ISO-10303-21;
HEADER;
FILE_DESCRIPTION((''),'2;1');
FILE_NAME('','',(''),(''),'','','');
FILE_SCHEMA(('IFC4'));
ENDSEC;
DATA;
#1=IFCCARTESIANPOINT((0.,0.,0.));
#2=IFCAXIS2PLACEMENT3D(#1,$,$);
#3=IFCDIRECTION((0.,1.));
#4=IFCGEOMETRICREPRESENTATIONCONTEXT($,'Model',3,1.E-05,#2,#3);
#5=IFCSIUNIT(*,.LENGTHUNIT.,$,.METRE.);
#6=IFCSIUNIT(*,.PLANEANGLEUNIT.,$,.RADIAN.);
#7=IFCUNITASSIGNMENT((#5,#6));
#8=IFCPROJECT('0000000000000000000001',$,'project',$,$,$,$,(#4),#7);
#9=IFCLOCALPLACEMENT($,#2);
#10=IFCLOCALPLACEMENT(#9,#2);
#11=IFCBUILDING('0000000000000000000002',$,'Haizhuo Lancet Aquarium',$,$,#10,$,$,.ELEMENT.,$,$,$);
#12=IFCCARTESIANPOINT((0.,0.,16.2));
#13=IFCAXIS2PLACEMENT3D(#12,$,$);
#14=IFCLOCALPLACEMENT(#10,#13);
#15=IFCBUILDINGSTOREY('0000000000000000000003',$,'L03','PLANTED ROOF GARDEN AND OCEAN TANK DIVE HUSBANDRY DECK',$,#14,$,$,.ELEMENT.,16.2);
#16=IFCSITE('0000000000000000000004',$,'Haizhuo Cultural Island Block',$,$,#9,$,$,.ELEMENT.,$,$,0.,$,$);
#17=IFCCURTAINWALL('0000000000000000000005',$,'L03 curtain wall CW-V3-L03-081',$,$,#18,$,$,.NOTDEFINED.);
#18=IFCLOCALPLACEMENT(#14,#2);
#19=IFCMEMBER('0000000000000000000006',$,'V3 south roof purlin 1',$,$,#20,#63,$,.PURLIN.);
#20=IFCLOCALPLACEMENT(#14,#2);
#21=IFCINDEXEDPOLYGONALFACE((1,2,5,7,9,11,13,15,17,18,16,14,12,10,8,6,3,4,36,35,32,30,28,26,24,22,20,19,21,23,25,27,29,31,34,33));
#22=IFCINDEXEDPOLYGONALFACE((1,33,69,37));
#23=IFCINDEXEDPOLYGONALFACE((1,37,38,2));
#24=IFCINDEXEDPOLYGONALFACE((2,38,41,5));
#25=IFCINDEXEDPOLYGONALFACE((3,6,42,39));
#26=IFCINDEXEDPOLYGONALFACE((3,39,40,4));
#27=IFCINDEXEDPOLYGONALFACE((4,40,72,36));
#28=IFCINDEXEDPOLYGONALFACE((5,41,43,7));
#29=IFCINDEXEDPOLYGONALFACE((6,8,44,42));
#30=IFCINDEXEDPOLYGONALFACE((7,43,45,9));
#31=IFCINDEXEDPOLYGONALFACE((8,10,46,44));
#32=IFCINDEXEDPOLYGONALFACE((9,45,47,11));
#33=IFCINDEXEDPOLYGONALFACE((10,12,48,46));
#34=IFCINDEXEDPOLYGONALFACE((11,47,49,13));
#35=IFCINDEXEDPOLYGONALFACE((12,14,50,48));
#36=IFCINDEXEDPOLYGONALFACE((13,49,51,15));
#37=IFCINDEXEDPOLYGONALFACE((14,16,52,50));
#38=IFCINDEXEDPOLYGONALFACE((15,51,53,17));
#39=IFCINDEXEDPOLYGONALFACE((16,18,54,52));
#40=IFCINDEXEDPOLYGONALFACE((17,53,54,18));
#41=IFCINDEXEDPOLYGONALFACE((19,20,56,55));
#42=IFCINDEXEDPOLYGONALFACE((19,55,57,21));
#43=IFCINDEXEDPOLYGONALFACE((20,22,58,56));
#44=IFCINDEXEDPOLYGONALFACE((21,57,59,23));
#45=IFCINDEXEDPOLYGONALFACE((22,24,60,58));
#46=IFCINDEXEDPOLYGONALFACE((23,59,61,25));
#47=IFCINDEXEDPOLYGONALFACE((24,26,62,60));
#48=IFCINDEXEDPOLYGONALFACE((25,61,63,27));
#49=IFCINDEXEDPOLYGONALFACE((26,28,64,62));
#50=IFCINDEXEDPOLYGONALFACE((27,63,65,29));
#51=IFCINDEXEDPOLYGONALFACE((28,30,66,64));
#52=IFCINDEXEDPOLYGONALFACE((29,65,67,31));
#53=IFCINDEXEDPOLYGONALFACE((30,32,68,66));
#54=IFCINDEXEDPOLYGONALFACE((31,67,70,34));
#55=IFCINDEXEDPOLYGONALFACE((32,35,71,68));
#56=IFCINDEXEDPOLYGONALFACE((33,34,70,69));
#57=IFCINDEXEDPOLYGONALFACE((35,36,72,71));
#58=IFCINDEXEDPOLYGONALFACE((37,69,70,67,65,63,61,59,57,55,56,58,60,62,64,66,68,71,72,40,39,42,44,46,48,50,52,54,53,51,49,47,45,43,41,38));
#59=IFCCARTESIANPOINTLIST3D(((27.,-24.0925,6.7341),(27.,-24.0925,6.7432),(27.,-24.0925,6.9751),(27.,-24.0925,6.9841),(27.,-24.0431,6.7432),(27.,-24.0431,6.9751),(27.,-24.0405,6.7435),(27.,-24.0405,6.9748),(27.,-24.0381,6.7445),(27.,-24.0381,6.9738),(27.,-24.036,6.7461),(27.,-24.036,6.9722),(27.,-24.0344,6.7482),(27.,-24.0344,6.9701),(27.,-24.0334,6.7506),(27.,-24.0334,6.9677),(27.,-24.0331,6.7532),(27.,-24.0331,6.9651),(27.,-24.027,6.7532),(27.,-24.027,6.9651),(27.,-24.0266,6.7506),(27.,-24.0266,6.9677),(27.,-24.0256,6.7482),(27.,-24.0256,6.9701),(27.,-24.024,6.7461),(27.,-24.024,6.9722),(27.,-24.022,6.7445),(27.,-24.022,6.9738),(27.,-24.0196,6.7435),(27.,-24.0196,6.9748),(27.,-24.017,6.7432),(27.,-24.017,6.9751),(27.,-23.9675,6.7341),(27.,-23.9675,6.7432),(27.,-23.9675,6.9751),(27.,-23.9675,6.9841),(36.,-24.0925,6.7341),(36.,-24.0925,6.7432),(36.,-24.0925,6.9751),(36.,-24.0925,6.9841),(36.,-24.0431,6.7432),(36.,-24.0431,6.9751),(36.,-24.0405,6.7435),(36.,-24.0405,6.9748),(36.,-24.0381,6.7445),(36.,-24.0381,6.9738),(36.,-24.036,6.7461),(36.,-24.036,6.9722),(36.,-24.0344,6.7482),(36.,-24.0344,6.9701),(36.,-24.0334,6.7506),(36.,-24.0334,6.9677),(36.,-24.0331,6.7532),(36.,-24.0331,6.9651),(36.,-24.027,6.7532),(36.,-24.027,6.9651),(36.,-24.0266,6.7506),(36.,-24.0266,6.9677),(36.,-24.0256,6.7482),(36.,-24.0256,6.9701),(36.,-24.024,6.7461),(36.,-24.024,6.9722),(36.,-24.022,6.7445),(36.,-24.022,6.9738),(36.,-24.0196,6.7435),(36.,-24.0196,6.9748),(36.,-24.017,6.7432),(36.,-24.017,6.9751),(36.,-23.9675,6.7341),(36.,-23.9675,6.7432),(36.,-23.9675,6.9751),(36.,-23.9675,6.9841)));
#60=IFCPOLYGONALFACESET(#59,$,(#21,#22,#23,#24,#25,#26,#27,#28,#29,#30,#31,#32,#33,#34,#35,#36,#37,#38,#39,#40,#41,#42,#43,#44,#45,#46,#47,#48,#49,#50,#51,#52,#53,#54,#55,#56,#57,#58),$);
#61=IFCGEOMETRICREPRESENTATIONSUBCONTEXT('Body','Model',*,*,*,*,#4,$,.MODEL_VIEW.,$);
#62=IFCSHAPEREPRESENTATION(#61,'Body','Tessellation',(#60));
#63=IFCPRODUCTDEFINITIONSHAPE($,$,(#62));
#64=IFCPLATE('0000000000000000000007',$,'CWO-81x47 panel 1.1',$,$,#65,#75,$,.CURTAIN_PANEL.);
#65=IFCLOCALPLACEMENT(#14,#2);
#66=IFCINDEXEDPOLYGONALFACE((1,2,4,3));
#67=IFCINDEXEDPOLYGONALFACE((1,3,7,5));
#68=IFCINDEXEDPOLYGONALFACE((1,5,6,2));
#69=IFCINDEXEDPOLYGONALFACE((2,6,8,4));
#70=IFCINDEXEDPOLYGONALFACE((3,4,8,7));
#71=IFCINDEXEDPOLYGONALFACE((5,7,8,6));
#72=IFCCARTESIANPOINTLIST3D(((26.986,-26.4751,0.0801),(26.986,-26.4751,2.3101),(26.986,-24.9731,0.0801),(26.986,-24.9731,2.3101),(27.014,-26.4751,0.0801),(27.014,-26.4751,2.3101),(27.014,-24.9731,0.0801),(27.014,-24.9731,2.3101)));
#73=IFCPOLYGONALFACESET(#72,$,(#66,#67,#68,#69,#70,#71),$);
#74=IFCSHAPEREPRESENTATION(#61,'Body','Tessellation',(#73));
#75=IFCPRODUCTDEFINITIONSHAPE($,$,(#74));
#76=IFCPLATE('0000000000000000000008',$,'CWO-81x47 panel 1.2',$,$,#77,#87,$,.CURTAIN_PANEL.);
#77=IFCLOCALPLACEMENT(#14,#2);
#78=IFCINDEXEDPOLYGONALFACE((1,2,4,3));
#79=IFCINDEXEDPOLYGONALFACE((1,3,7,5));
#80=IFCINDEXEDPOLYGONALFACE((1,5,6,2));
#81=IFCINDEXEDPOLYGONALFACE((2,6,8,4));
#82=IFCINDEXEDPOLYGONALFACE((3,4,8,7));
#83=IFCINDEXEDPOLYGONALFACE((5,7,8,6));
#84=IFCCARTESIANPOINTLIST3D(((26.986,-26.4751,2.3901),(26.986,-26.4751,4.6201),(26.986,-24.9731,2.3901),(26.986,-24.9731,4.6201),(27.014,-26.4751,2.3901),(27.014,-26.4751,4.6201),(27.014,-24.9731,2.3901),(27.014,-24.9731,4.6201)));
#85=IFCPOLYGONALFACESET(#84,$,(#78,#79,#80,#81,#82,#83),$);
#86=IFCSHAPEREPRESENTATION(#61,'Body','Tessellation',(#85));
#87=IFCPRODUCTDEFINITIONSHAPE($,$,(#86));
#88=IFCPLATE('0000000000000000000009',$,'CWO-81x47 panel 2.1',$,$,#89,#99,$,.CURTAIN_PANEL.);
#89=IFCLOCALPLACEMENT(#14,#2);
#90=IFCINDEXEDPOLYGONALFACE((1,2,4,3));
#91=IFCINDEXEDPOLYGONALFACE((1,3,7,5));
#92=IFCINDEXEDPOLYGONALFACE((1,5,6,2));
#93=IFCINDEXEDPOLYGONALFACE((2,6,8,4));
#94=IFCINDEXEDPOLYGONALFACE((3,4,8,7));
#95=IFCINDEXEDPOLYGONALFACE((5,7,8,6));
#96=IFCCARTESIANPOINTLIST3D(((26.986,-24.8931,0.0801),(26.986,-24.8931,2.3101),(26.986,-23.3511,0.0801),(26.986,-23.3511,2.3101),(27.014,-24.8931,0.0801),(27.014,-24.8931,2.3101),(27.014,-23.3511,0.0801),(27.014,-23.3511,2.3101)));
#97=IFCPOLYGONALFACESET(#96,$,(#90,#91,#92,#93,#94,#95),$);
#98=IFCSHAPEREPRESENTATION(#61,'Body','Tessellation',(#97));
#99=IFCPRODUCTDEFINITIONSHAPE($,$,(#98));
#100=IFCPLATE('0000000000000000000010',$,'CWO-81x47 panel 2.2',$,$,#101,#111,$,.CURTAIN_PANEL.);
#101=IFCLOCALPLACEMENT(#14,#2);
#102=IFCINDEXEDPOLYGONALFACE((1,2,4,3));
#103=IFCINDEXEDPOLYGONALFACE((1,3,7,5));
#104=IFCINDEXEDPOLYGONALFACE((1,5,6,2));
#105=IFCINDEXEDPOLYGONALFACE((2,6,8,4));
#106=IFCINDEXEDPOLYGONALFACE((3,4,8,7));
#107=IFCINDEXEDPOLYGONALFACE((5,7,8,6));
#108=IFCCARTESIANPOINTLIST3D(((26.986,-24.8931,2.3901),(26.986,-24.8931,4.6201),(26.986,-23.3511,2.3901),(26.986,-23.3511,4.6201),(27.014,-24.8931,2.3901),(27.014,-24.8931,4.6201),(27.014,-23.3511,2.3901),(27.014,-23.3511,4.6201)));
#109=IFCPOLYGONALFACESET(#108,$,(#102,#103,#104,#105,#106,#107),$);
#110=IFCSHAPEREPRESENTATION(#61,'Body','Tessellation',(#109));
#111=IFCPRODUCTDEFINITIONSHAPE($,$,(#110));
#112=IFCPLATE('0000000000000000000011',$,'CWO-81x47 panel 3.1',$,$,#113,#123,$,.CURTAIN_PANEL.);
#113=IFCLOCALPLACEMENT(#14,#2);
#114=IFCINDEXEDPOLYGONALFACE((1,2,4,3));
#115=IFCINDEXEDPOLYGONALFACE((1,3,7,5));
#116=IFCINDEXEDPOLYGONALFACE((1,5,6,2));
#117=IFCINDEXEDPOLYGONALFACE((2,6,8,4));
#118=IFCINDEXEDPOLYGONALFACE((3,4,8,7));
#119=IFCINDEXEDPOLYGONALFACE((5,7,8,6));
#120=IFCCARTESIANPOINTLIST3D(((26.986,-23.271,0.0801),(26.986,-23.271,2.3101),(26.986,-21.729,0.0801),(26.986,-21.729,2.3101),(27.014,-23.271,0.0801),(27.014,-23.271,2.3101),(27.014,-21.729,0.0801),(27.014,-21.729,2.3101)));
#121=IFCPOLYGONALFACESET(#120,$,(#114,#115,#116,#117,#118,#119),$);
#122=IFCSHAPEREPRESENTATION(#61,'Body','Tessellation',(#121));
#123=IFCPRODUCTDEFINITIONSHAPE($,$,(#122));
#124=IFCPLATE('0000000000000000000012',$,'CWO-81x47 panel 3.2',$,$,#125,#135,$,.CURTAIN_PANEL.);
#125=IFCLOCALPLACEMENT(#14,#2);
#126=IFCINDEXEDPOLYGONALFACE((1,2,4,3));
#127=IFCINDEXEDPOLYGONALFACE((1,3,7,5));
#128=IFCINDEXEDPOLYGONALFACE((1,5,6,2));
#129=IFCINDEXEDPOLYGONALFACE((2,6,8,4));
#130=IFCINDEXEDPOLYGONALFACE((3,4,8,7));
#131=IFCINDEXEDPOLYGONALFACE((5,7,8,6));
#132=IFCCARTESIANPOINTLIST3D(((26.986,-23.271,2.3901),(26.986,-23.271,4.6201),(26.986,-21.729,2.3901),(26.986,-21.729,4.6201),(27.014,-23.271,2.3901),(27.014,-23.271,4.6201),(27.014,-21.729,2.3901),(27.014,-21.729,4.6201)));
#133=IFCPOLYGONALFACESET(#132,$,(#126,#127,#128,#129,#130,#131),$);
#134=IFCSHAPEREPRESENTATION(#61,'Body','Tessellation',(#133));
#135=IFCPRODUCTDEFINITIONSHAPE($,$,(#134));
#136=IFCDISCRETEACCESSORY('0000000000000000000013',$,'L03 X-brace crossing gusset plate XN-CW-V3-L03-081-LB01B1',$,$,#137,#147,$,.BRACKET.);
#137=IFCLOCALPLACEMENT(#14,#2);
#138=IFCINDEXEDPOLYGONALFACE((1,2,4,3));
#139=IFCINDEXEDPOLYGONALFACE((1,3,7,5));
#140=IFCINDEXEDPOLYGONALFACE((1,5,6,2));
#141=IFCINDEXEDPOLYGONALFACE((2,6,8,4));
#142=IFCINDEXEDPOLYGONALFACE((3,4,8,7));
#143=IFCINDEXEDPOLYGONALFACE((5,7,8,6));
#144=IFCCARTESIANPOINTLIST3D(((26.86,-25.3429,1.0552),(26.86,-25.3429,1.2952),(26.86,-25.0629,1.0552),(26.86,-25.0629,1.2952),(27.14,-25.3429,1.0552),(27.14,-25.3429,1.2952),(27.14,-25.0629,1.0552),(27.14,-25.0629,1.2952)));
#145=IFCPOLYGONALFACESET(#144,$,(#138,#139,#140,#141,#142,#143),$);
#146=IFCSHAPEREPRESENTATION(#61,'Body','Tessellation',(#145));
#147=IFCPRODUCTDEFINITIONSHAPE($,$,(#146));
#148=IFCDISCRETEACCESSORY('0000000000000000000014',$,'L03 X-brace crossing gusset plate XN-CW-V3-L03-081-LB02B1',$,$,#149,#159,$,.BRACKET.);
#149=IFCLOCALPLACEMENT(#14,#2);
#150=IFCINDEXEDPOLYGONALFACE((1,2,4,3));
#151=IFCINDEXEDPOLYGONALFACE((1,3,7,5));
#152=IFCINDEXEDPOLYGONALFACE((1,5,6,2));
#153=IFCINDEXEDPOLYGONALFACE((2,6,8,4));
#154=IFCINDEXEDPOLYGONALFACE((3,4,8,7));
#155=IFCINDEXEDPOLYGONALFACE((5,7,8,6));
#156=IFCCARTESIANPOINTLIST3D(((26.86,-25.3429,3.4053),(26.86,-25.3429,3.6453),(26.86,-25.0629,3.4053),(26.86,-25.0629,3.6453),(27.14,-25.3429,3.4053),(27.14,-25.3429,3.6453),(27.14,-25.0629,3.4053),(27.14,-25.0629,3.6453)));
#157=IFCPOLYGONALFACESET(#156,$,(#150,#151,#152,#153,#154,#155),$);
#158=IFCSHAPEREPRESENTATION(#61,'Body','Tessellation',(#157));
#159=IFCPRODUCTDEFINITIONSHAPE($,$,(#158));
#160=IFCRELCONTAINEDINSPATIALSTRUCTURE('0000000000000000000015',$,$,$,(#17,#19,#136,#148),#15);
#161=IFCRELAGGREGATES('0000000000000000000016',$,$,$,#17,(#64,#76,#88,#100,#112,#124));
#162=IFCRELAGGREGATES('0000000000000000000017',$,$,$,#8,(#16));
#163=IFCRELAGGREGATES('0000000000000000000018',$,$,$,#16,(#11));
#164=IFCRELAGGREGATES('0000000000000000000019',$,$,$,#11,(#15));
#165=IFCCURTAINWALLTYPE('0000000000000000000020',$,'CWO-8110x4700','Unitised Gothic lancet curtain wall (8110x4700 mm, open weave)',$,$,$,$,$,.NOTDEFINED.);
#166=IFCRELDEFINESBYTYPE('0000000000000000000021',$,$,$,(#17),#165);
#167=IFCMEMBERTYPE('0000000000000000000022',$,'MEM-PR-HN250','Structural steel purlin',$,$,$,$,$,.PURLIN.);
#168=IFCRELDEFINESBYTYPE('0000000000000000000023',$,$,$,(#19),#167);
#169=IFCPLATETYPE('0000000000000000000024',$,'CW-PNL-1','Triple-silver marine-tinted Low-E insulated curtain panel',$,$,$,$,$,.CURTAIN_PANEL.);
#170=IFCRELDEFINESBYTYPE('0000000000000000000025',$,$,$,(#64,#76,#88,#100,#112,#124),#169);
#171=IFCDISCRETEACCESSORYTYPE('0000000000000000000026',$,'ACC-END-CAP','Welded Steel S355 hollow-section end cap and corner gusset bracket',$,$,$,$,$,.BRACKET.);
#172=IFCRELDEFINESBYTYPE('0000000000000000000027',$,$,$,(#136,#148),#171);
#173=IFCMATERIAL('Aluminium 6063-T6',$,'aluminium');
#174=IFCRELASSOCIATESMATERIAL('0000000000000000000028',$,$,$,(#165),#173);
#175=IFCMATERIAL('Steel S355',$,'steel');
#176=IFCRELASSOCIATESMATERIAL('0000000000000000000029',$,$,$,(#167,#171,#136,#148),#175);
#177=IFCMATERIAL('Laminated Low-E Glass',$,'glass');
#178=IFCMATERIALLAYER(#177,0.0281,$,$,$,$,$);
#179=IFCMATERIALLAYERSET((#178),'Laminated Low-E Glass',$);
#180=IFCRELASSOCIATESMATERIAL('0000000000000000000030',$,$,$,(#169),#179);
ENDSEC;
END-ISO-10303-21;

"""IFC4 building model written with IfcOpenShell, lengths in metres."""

from ifc_helpers import new_model, si_unit, direction, frame, origin, origin_2d, place, context, subcontext, project, spatial, rectangle, i_section, extrude, material, layer, layer_set, material_profile, profile_set, type_object, element, aggregate, save


model = new_model("IFC4")

# Units and contexts
model_context = context("Model", 3, precision=1e-05, world=origin(), true_north=direction((0.0, 1.0)))
body_context = subcontext(model_context, "Body", "Model", "MODEL_VIEW")
ifc_project = project(units=[si_unit("LENGTHUNIT", "METRE"), si_unit("PLANEANGLEUNIT", "RADIAN")], contexts=[model_context])

# Site, building, storey
site_placement = place(None, origin())
site = spatial("IfcSite", under=ifc_project, at=site_placement, Name="Haizhuo Cultural Island Block", CompositionType="ELEMENT", RefElevation=0.0)
building_placement = place(site_placement, origin())
building = spatial("IfcBuilding", under=site, at=building_placement, Name="Haizhuo Lancet Aquarium", CompositionType="ELEMENT")
storey_placement = place(building_placement, frame((0.0, 0.0, 16.2)))
storey = spatial("IfcBuildingStorey", under=building, at=storey_placement, Name="L03", Description="PLANTED ROOF GARDEN AND OCEAN TANK DIVE HUSBANDRY DECK", CompositionType="ELEMENT", Elevation=16.2)

# Curtain wall
ifc_material_1 = material(Name="Aluminium 6063-T6", Category="aluminium")
curtain_wall_type = type_object("IfcCurtainWallType", Name="CWO-8110x4700", Description="Unitised Gothic lancet curtain wall (8110x4700 mm, open weave)", PredefinedType="NOTDEFINED", material=ifc_material_1)
curtain_wall_placement = place(storey_placement, origin())
curtain_wall = element("IfcCurtainWall", 1, at=curtain_wall_placement, inside=storey, type_object=curtain_wall_type, Name="L03 curtain wall CW-V3-L03-081", PredefinedType="NOTDEFINED")

# Member
ifc_material_2 = material(Name="Steel S355", Category="steel")
ifc_material_profile_1 = material_profile(ifc_material_2, i_section(OverallWidth=0.125, OverallDepth=0.25, WebThickness=0.0061, FlangeThickness=0.009, FilletRadius=0.01, at=origin_2d()), Name="HN 250x125x6x9")
ifc_profile_set_1 = profile_set([ifc_material_profile_1], Name="Steel S355")
member_type_1 = type_object("IfcMemberType", Name="MEM-PR-HN250", Description="Structural steel purlin", PredefinedType="PURLIN", material=ifc_profile_set_1)
member_1_placement = place(storey_placement, frame((27.0, -24.03, 6.8591), z_axis=(1.0, 0.0, 0.0), x_axis=(0.0, 1.0, 0.0)))
element("IfcMember", 2, at=member_1_placement, inside=storey, type_object=member_type_1, Name="V3 south roof purlin 1", PredefinedType="PURLIN", context=body_context, shape_type="SweptSolid", body=[
    extrude(i_section(OverallWidth=0.125, OverallDepth=0.25, WebThickness=0.0061, FlangeThickness=0.009, FilletRadius=0.01, at=origin_2d()), origin(), (0.0, 0.0, 1.0), 9.0),
])

# Plates
ifc_material_3 = material(Name="Laminated Low-E Glass", Category="glass")
ifc_layer = layer(ifc_material_3, 0.0281)
ifc_layer_set = layer_set([ifc_layer], Name="Laminated Low-E Glass")
plate_type = type_object("IfcPlateType", Name="CW-PNL-1", Description="Triple-silver marine-tinted Low-E insulated curtain panel", PredefinedType="CURTAIN_PANEL", material=ifc_layer_set)
plate_1_placement = place(storey_placement, frame((27.0, -25.7241, 0.0801), z_axis=(0.0, 0.0, 1.0), x_axis=(0.0, 1.0, 0.0)))
plate_1 = element("IfcPlate", 3, at=plate_1_placement, type_object=plate_type, Name="CWO-81x47 panel 1.1", PredefinedType="CURTAIN_PANEL", context=body_context, shape_type="SweptSolid", body=[
    extrude(rectangle(XDim=1.502, YDim=0.0281, at=origin_2d()), origin(), (0.0, 0.0, 1.0), 2.23),
])
plate_2_placement = place(storey_placement, frame((27.0, -25.7241, 2.3901), z_axis=(0.0, 0.0, 1.0), x_axis=(0.0, 1.0, 0.0)))
plate_2 = element("IfcPlate", 4, at=plate_2_placement, type_object=plate_type, Name="CWO-81x47 panel 1.2", PredefinedType="CURTAIN_PANEL", context=body_context, shape_type="SweptSolid", body=[
    extrude(rectangle(XDim=1.502, YDim=0.0281, at=origin_2d()), origin(), (0.0, 0.0, 1.0), 2.23),
])
plate_3_placement = place(storey_placement, frame((27.0, -24.1221, 0.0801), z_axis=(0.0, 0.0, 1.0), x_axis=(0.0, 1.0, 0.0)))
plate_3 = element("IfcPlate", 5, at=plate_3_placement, type_object=plate_type, Name="CWO-81x47 panel 2.1", PredefinedType="CURTAIN_PANEL", context=body_context, shape_type="SweptSolid", body=[
    extrude(rectangle(XDim=1.542, YDim=0.0281, at=origin_2d()), origin(), (0.0, 0.0, 1.0), 2.23),
])
plate_4_placement = place(storey_placement, frame((27.0, -24.1221, 2.3901), z_axis=(0.0, 0.0, 1.0), x_axis=(0.0, 1.0, 0.0)))
plate_4 = element("IfcPlate", 6, at=plate_4_placement, type_object=plate_type, Name="CWO-81x47 panel 2.2", PredefinedType="CURTAIN_PANEL", context=body_context, shape_type="SweptSolid", body=[
    extrude(rectangle(XDim=1.542, YDim=0.0281, at=origin_2d()), origin(), (0.0, 0.0, 1.0), 2.23),
])
plate_5_placement = place(storey_placement, frame((27.0, -22.5, 0.0801), z_axis=(0.0, 0.0, 1.0), x_axis=(0.0, 1.0, 0.0)))
plate_5 = element("IfcPlate", 7, at=plate_5_placement, type_object=plate_type, Name="CWO-81x47 panel 3.1", PredefinedType="CURTAIN_PANEL", context=body_context, shape_type="SweptSolid", body=[
    extrude(rectangle(XDim=1.542, YDim=0.0281, at=origin_2d()), origin(), (0.0, 0.0, 1.0), 2.23),
])
plate_6_placement = place(storey_placement, frame((27.0, -22.5, 2.3901), z_axis=(0.0, 0.0, 1.0), x_axis=(0.0, 1.0, 0.0)))
plate_6 = element("IfcPlate", 8, at=plate_6_placement, type_object=plate_type, Name="CWO-81x47 panel 3.2", PredefinedType="CURTAIN_PANEL", context=body_context, shape_type="SweptSolid", body=[
    extrude(rectangle(XDim=1.542, YDim=0.0281, at=origin_2d()), origin(), (0.0, 0.0, 1.0), 2.23),
])
aggregate(curtain_wall, [plate_1, plate_2, plate_3, plate_4, plate_5, plate_6])

# Discrete accessories
discrete_accessory_type = type_object("IfcDiscreteAccessoryType", Name="ACC-END-CAP", Description="Welded Steel S355 hollow-section end cap and corner gusset bracket", PredefinedType="BRACKET", material=ifc_material_2)
for number, where, z_axis, x_axis, name in (
    (9, (27.0, -25.2029, 1.0552), (0.0, 0.0, 1.0), (1.0, 0.0, 0.0), "L03 X-brace crossing gusset plate XN-CW-V3-L03-081-LB01B1"),
    (10, (27.0, -25.2029, 3.4053), (0.0, 0.0, 1.0), (1.0, 0.0, 0.0), "L03 X-brace crossing gusset plate XN-CW-V3-L03-081-LB02B1"),
):
    element("IfcDiscreteAccessory", number, at=place(storey_placement, frame(where, z_axis=z_axis, x_axis=x_axis)), inside=storey, type_object=discrete_accessory_type, material=ifc_material_2, Name=name, PredefinedType="BRACKET", context=body_context, shape_type="SweptSolid", body=[
        extrude(rectangle(XDim=0.28, YDim=0.28, at=origin_2d()), origin(), (0.0, 0.0, 1.0), 0.24),
    ])

save(model, "model.ifc")
